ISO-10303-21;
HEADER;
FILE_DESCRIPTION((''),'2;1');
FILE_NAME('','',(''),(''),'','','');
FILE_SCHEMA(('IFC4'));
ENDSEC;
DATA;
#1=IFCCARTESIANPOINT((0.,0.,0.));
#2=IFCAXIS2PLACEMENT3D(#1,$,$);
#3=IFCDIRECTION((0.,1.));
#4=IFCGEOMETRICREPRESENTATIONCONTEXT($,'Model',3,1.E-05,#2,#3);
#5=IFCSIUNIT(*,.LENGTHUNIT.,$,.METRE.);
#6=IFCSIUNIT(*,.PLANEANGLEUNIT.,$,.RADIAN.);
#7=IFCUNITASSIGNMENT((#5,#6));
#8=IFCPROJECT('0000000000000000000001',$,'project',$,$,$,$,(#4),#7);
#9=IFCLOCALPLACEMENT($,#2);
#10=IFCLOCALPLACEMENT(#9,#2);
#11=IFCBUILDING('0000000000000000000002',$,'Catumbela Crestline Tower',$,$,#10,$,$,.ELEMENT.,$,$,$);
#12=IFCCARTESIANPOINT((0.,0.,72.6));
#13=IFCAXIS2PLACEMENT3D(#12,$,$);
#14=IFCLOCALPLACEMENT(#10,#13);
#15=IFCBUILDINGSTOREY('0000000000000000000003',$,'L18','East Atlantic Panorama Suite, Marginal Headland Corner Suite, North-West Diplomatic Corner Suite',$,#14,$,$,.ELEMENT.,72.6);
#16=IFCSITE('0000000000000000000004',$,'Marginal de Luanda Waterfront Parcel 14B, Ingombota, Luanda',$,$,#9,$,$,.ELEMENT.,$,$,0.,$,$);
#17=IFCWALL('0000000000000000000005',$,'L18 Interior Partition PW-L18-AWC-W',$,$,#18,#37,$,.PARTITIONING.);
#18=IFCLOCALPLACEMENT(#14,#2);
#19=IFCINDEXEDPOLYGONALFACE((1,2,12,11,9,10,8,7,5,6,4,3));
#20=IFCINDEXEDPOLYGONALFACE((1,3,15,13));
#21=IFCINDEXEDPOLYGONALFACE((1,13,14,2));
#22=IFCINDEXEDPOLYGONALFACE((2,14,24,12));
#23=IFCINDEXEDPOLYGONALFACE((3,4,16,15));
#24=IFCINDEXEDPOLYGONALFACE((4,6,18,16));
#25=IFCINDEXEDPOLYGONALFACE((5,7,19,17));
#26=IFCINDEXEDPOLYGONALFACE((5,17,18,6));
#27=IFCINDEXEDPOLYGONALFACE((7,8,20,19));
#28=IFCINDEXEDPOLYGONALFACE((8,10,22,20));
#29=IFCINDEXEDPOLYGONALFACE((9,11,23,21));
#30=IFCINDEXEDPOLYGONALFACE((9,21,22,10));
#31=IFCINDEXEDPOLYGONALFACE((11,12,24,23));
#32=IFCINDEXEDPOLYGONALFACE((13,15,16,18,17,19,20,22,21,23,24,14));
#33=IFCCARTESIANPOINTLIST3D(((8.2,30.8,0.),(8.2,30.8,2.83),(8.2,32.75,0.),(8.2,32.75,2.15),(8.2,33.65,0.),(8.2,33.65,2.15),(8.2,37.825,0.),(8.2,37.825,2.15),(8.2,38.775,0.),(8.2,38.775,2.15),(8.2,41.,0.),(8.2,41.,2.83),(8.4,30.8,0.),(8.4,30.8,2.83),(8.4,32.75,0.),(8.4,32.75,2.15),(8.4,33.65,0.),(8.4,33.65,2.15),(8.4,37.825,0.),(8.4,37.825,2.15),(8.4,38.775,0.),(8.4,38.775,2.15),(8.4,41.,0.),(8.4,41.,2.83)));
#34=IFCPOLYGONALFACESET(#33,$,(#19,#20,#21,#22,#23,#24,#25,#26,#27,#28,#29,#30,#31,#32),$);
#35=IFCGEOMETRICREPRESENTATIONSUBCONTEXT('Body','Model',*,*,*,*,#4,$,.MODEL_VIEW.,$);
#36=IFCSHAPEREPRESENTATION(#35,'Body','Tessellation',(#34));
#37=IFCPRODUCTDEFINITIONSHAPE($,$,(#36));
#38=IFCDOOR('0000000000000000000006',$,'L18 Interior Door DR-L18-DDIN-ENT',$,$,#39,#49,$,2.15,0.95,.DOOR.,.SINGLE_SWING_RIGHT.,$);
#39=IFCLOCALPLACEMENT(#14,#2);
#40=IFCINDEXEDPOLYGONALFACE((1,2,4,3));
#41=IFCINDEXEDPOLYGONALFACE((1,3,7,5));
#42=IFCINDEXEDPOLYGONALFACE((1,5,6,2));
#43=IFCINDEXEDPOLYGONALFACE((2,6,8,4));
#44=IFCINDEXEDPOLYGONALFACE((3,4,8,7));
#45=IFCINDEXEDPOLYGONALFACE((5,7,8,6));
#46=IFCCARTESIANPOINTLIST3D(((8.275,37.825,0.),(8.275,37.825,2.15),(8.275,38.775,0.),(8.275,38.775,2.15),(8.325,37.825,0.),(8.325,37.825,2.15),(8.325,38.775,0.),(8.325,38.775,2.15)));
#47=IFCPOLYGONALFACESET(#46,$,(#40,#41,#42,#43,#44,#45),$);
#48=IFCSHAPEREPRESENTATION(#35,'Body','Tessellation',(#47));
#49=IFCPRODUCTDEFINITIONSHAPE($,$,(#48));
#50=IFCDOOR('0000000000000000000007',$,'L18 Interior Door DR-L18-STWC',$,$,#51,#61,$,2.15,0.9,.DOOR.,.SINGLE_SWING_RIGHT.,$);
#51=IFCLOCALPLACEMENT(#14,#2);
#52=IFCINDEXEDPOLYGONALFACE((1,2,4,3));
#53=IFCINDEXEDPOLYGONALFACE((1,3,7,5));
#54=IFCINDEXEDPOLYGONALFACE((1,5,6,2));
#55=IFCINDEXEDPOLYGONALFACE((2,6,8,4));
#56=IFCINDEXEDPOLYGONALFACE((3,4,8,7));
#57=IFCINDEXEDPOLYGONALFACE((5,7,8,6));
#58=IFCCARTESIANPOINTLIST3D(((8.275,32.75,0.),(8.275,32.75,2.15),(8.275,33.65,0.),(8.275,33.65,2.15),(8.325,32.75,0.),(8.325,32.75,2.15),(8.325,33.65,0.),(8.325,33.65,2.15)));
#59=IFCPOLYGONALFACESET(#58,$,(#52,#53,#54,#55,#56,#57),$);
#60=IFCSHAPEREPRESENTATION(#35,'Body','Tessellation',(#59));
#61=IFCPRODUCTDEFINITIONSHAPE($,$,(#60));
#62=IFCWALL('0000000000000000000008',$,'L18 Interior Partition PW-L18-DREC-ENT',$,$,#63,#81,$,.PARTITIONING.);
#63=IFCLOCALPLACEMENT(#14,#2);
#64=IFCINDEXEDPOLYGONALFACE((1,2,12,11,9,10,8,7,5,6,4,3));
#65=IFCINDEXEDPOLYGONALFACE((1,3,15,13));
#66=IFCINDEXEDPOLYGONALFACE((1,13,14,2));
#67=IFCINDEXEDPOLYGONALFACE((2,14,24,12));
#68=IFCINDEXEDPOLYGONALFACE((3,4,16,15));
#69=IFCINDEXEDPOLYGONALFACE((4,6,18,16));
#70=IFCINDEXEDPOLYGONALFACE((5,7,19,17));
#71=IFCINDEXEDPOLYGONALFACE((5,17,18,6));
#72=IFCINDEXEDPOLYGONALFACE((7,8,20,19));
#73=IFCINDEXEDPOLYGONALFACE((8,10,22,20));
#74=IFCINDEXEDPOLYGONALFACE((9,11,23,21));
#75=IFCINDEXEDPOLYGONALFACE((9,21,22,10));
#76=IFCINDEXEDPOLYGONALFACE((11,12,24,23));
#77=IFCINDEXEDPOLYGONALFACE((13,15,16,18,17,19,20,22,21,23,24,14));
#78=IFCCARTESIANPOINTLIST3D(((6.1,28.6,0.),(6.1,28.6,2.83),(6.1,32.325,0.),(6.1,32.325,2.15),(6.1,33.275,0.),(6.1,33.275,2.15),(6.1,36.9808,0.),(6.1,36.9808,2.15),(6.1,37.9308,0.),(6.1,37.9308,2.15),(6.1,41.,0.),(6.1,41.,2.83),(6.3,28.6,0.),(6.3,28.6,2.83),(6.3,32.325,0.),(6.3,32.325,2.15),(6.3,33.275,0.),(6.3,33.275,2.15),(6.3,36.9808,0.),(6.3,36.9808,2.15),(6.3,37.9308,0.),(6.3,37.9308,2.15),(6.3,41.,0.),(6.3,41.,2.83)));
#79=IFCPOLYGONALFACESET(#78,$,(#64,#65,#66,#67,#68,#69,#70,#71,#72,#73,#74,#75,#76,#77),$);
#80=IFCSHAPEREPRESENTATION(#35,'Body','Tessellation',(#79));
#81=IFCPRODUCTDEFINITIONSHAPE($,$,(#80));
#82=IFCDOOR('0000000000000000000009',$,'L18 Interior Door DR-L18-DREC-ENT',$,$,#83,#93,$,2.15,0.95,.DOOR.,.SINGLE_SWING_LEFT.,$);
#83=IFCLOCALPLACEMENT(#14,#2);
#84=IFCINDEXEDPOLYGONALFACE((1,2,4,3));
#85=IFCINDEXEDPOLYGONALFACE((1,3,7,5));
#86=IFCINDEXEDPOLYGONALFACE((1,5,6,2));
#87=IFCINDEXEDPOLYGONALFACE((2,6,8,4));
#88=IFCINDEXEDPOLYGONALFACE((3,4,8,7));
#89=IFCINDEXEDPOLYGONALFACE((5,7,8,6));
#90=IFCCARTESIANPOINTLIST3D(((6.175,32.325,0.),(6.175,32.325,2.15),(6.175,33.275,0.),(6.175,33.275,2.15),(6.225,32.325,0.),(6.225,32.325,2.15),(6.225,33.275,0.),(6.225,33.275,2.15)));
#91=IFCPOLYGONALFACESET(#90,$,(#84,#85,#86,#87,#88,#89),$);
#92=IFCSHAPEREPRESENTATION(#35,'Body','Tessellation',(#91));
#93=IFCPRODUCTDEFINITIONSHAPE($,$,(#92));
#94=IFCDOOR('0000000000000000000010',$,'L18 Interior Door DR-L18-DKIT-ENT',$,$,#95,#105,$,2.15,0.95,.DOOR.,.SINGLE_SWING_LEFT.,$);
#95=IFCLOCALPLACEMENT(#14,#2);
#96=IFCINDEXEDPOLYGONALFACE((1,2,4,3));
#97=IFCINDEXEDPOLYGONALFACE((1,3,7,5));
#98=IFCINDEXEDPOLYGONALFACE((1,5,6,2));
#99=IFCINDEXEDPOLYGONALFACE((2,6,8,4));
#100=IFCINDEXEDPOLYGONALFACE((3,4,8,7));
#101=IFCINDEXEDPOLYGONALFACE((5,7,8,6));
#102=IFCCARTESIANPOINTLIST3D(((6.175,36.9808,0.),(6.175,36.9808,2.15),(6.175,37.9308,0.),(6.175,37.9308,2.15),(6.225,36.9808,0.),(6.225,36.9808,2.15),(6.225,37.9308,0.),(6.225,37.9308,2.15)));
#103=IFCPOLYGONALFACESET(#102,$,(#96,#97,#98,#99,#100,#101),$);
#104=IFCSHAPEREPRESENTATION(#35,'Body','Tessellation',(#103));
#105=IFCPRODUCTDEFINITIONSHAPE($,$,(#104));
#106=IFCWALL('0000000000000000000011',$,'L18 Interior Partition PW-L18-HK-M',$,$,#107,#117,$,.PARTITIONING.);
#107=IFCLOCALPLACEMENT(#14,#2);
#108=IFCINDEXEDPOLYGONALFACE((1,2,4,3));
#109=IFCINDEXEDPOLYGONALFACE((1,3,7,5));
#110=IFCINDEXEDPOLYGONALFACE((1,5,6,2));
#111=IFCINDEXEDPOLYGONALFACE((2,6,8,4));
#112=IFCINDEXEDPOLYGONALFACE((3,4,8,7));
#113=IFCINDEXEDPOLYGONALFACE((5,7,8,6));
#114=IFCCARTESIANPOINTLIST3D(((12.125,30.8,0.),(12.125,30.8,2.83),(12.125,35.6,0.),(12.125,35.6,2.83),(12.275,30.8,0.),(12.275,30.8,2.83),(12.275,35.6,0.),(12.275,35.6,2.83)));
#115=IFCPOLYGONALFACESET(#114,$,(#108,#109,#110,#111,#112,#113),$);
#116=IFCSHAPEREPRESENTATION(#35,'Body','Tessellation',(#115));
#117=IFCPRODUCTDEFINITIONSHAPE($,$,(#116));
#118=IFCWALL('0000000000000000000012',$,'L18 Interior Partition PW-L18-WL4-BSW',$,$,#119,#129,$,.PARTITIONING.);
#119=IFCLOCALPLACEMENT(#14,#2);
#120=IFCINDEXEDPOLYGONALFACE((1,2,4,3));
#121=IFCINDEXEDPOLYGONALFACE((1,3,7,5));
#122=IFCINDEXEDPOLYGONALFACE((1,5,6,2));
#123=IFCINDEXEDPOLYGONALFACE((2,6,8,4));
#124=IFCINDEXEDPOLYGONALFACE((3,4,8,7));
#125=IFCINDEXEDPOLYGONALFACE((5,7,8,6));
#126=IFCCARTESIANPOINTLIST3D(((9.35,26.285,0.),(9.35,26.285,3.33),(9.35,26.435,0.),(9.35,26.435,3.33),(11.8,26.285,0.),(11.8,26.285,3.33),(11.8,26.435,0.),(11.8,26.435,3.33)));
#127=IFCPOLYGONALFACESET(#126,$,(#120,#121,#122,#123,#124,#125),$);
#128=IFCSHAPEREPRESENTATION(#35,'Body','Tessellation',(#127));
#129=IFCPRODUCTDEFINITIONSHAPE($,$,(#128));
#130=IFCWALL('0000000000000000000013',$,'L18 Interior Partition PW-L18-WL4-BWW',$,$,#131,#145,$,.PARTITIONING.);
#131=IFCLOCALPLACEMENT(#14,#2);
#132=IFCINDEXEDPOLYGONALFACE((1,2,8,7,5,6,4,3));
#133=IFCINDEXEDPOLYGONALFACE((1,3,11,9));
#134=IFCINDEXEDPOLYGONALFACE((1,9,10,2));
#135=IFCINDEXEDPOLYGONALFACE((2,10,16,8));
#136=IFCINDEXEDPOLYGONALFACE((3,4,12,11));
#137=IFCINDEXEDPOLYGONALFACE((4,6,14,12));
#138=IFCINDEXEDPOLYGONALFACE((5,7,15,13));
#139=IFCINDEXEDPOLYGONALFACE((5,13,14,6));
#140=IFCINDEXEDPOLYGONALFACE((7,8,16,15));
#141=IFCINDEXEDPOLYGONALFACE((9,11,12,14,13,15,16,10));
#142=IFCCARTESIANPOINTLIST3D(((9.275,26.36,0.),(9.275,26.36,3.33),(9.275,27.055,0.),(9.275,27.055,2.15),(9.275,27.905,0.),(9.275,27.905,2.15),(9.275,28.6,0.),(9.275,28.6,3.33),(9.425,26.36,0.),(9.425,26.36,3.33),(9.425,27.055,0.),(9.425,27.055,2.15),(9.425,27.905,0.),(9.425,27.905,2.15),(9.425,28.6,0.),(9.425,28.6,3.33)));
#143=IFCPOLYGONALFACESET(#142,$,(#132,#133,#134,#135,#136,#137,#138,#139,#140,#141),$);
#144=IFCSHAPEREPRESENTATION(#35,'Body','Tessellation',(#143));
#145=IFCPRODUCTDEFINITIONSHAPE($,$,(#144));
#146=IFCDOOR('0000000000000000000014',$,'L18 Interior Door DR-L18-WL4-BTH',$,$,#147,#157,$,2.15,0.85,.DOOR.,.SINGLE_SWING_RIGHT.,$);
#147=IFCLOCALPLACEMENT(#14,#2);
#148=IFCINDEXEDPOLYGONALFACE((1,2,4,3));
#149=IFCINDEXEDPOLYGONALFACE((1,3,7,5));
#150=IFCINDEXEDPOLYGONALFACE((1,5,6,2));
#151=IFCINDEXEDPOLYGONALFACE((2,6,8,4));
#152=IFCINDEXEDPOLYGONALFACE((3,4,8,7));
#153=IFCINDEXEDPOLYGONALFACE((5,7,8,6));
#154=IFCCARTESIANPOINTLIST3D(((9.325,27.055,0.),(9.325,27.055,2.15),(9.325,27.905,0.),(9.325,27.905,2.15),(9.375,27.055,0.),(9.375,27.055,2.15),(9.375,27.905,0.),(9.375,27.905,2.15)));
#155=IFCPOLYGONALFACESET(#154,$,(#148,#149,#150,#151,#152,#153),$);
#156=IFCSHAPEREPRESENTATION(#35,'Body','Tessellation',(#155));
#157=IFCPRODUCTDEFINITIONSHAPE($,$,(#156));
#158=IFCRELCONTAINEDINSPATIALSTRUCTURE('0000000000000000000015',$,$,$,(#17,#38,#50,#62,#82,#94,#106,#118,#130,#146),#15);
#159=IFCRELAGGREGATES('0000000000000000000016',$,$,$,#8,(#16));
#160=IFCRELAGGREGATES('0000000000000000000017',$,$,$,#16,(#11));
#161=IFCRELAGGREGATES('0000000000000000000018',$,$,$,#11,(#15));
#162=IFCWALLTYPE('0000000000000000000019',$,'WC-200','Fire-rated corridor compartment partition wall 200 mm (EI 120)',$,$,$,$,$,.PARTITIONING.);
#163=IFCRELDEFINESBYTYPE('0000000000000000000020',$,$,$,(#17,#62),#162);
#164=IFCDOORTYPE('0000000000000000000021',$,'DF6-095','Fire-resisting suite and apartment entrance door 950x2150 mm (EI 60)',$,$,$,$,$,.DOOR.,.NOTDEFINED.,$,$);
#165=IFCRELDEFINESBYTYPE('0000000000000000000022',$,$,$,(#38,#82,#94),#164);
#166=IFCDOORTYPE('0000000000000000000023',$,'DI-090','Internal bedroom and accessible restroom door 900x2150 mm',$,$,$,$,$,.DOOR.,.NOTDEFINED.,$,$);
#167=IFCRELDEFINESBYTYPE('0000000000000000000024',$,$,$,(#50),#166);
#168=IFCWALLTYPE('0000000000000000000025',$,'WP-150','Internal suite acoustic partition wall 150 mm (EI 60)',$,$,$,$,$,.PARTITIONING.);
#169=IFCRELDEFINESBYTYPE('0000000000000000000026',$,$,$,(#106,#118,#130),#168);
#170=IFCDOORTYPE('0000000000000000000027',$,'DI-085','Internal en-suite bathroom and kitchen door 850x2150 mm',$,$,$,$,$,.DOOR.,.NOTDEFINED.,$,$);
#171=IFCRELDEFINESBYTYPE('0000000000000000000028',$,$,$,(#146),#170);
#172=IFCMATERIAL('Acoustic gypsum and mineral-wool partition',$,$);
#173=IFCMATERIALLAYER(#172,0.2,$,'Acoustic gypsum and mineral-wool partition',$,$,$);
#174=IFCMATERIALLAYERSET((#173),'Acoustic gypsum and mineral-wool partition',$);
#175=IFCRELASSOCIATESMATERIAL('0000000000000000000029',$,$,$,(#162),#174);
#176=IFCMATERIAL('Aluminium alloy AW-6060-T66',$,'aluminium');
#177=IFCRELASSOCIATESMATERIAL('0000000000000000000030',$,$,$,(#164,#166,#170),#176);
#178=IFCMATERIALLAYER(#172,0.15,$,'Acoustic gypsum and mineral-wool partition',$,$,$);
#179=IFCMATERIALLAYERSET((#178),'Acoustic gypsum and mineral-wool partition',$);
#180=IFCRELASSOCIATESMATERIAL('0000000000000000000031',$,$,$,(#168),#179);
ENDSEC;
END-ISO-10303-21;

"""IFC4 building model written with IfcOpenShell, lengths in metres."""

from ifc_helpers import new_model, si_unit, direction, frame, frame_2d, origin, place, context, subcontext, project, spatial, rectangle, extrude, material, layer, layer_set, type_object, element, fill, save


model = new_model("IFC4")

# Units and contexts
model_context = context("Model", 3, precision=1e-05, world=origin(), true_north=direction((0.0, 1.0)))
body_context = subcontext(model_context, "Body", "Model", "MODEL_VIEW")
ifc_project = project(units=[si_unit("LENGTHUNIT", "METRE"), si_unit("PLANEANGLEUNIT", "RADIAN")], contexts=[model_context])

# Site, building, storey
site_placement = place(None, origin())
site = spatial("IfcSite", under=ifc_project, at=site_placement, Name="Marginal de Luanda Waterfront Parcel 14B, Ingombota, Luanda", CompositionType="ELEMENT", RefElevation=0.0)
building_placement = place(site_placement, origin())
building = spatial("IfcBuilding", under=site, at=building_placement, Name="Catumbela Crestline Tower", CompositionType="ELEMENT")
storey_placement = place(building_placement, frame((0.0, 0.0, 72.6)))
storey = spatial("IfcBuildingStorey", under=building, at=storey_placement, Name="L18", Description="East Atlantic Panorama Suite, Marginal Headland Corner Suite, North-West Diplomatic Corner Suite", CompositionType="ELEMENT", Elevation=72.6)

# Shared definitions
ifc_material_1 = material(Name="Acoustic gypsum and mineral-wool partition")
ifc_layer_1 = layer(ifc_material_1, 0.2, Name="Acoustic gypsum and mineral-wool partition")
ifc_layer_set_1 = layer_set([ifc_layer_1], Name="Acoustic gypsum and mineral-wool partition")
wall_type_1 = type_object("IfcWallType", Name="WC-200", Description="Fire-rated corridor compartment partition wall 200 mm (EI 120)", PredefinedType="PARTITIONING", material=ifc_layer_set_1)
ifc_material_2 = material(Name="Aluminium alloy AW-6060-T66", Category="aluminium")
door_type_1 = type_object("IfcDoorType", Name="DF6-095", Description="Fire-resisting suite and apartment entrance door 950x2150 mm (EI 60)", OperationType="NOTDEFINED", PredefinedType="DOOR", material=ifc_material_2)

# Walls, openings, doors
wall_1_placement = place(storey_placement, frame((8.3, 30.8, 0.0), z_axis=(0.0, 0.0, 1.0), x_axis=(0.0, 1.0, 0.0)))
wall_1 = element("IfcWall", 1, at=wall_1_placement, inside=storey, type_object=wall_type_1, Name="L18 Interior Partition PW-L18-AWC-W", PredefinedType="PARTITIONING", context=body_context, shape_type="SweptSolid", body=[
    extrude(rectangle(XDim=10.2, YDim=0.2, at=frame_2d((5.1, 0.0))), origin(), (0.0, 0.0, 1.0), 2.83),
])
opening_1_placement = place(wall_1_placement, frame((1.95, 0.0, 0.0)))
opening_1 = element("IfcOpeningElement", 2, at=opening_1_placement, cuts=wall_1, PredefinedType="OPENING", context=body_context, shape_type="SweptSolid", body=[
    extrude(rectangle(XDim=0.9, YDim=2.15, at=frame_2d((0.45, 1.075))), frame((0.0, 0.11, 0.0), z_axis=(0.0, -1.0, 0.0), x_axis=(1.0, 0.0, 0.0)), (0.0, 0.0, 1.0), 0.22),
])
opening_2_placement = place(wall_1_placement, frame((7.025, 0.0, 0.0)))
opening_2 = element("IfcOpeningElement", 3, at=opening_2_placement, cuts=wall_1, PredefinedType="OPENING", context=body_context, shape_type="SweptSolid", body=[
    extrude(rectangle(XDim=0.95, YDim=2.15, at=frame_2d((0.475, 1.075))), frame((0.0, 0.11, 0.0), z_axis=(0.0, -1.0, 0.0), x_axis=(1.0, 0.0, 0.0)), (0.0, 0.0, 1.0), 0.22),
])
door_1_placement = place(opening_2_placement, origin())
door_1 = element("IfcDoor", 4, at=door_1_placement, inside=storey, type_object=door_type_1, Name="L18 Interior Door DR-L18-DDIN-ENT", OperationType="SINGLE_SWING_RIGHT", OverallHeight=2.15, OverallWidth=0.95, PredefinedType="DOOR", context=body_context, shape_type="SweptSolid", body=[
    extrude(rectangle(XDim=0.95, YDim=2.15, at=frame_2d((0.475, 1.075))), frame((0.0, 0.025, 0.0), z_axis=(0.0, -1.0, 0.0), x_axis=(1.0, 0.0, 0.0)), (0.0, 0.0, 1.0), 0.05),
])
fill(opening_2, door_1)
door_type_2 = type_object("IfcDoorType", Name="DI-090", Description="Internal bedroom and accessible restroom door 900x2150 mm", OperationType="NOTDEFINED", PredefinedType="DOOR", material=ifc_material_2)
door_2_placement = place(opening_1_placement, origin())
door_2 = element("IfcDoor", 5, at=door_2_placement, inside=storey, type_object=door_type_2, Name="L18 Interior Door DR-L18-STWC", OperationType="SINGLE_SWING_RIGHT", OverallHeight=2.15, OverallWidth=0.9, PredefinedType="DOOR", context=body_context, shape_type="SweptSolid", body=[
    extrude(rectangle(XDim=0.9, YDim=2.15, at=frame_2d((0.45, 1.075))), frame((0.0, 0.025, 0.0), z_axis=(0.0, -1.0, 0.0), x_axis=(1.0, 0.0, 0.0)), (0.0, 0.0, 1.0), 0.05),
])
fill(opening_1, door_2)
wall_2_placement = place(storey_placement, frame((6.2, 28.6, 0.0), z_axis=(0.0, 0.0, 1.0), x_axis=(0.0, 1.0, 0.0)))
wall_2 = element("IfcWall", 6, at=wall_2_placement, inside=storey, type_object=wall_type_1, Name="L18 Interior Partition PW-L18-DREC-ENT", PredefinedType="PARTITIONING", context=body_context, shape_type="SweptSolid", body=[
    extrude(rectangle(XDim=12.4, YDim=0.2, at=frame_2d((6.2, 0.0))), origin(), (0.0, 0.0, 1.0), 2.83),
])
opening_3_placement = place(wall_2_placement, frame((3.725, 0.0, 0.0)))
opening_3 = element("IfcOpeningElement", 7, at=opening_3_placement, cuts=wall_2, PredefinedType="OPENING", context=body_context, shape_type="SweptSolid", body=[
    extrude(rectangle(XDim=0.95, YDim=2.15, at=frame_2d((0.475, 1.075))), frame((0.0, 0.11, 0.0), z_axis=(0.0, -1.0, 0.0), x_axis=(1.0, 0.0, 0.0)), (0.0, 0.0, 1.0), 0.22),
])
opening_4_placement = place(wall_2_placement, frame((8.3808, 0.0, 0.0)))
opening_4 = element("IfcOpeningElement", 8, at=opening_4_placement, cuts=wall_2, PredefinedType="OPENING", context=body_context, shape_type="SweptSolid", body=[
    extrude(rectangle(XDim=0.95, YDim=2.15, at=frame_2d((0.475, 1.075))), frame((0.0, 0.11, 0.0), z_axis=(0.0, -1.0, 0.0), x_axis=(1.0, 0.0, 0.0)), (0.0, 0.0, 1.0), 0.22),
])
door_3_placement = place(opening_3_placement, origin())
door_3 = element("IfcDoor", 9, at=door_3_placement, inside=storey, type_object=door_type_1, Name="L18 Interior Door DR-L18-DREC-ENT", OperationType="SINGLE_SWING_LEFT", OverallHeight=2.15, OverallWidth=0.95, PredefinedType="DOOR", context=body_context, shape_type="SweptSolid", body=[
    extrude(rectangle(XDim=0.95, YDim=2.15, at=frame_2d((0.475, 1.075))), frame((0.0, 0.025, 0.0), z_axis=(0.0, -1.0, 0.0), x_axis=(1.0, 0.0, 0.0)), (0.0, 0.0, 1.0), 0.05),
])
fill(opening_3, door_3)
door_4_placement = place(opening_4_placement, origin())
door_4 = element("IfcDoor", 10, at=door_4_placement, inside=storey, type_object=door_type_1, Name="L18 Interior Door DR-L18-DKIT-ENT", OperationType="SINGLE_SWING_LEFT", OverallHeight=2.15, OverallWidth=0.95, PredefinedType="DOOR", context=body_context, shape_type="SweptSolid", body=[
    extrude(rectangle(XDim=0.95, YDim=2.15, at=frame_2d((0.475, 1.075))), frame((0.0, 0.025, 0.0), z_axis=(0.0, -1.0, 0.0), x_axis=(1.0, 0.0, 0.0)), (0.0, 0.0, 1.0), 0.05),
])
fill(opening_4, door_4)

# Walls
ifc_layer_2 = layer(ifc_material_1, 0.15, Name="Acoustic gypsum and mineral-wool partition")
ifc_layer_set_2 = layer_set([ifc_layer_2], Name="Acoustic gypsum and mineral-wool partition")
wall_type_2 = type_object("IfcWallType", Name="WP-150", Description="Internal suite acoustic partition wall 150 mm (EI 60)", PredefinedType="PARTITIONING", material=ifc_layer_set_2)
wall_3_placement = place(storey_placement, frame((12.2, 30.8, 0.0), z_axis=(0.0, 0.0, 1.0), x_axis=(0.0, 1.0, 0.0)))
element("IfcWall", 11, at=wall_3_placement, inside=storey, type_object=wall_type_2, Name="L18 Interior Partition PW-L18-HK-M", PredefinedType="PARTITIONING", context=body_context, shape_type="SweptSolid", body=[
    extrude(rectangle(XDim=4.8, YDim=0.15, at=frame_2d((2.4, 0.0))), origin(), (0.0, 0.0, 1.0), 2.83),
])
wall_4_placement = place(storey_placement, frame((9.35, 26.36, 0.0), z_axis=(0.0, 0.0, 1.0), x_axis=(1.0, 0.0, 0.0)))
element("IfcWall", 12, at=wall_4_placement, inside=storey, type_object=wall_type_2, Name="L18 Interior Partition PW-L18-WL4-BSW", PredefinedType="PARTITIONING", context=body_context, shape_type="SweptSolid", body=[
    extrude(rectangle(XDim=2.45, YDim=0.15, at=frame_2d((1.225, 0.0))), origin(), (0.0, 0.0, 1.0), 3.33),
])

# Wall, opening, door
wall_5_placement = place(storey_placement, frame((9.35, 26.36, 0.0), z_axis=(0.0, 0.0, 1.0), x_axis=(0.0, 1.0, 0.0)))
wall_5 = element("IfcWall", 13, at=wall_5_placement, inside=storey, type_object=wall_type_2, Name="L18 Interior Partition PW-L18-WL4-BWW", PredefinedType="PARTITIONING", context=body_context, shape_type="SweptSolid", body=[
    extrude(rectangle(XDim=2.24, YDim=0.15, at=frame_2d((1.12, 0.0))), origin(), (0.0, 0.0, 1.0), 3.33),
])
opening_5_placement = place(wall_5_placement, frame((0.695, 0.0, 0.0)))
opening_5 = element("IfcOpeningElement", 14, at=opening_5_placement, cuts=wall_5, PredefinedType="OPENING", context=body_context, shape_type="SweptSolid", body=[
    extrude(rectangle(XDim=0.85, YDim=2.15, at=frame_2d((0.425, 1.075))), frame((0.0, 0.085, 0.0), z_axis=(0.0, -1.0, 0.0), x_axis=(1.0, 0.0, 0.0)), (0.0, 0.0, 1.0), 0.17),
])
door_type_3 = type_object("IfcDoorType", Name="DI-085", Description="Internal en-suite bathroom and kitchen door 850x2150 mm", OperationType="NOTDEFINED", PredefinedType="DOOR", material=ifc_material_2)
door_5_placement = place(opening_5_placement, origin())
door_5 = element("IfcDoor", 15, at=door_5_placement, inside=storey, type_object=door_type_3, Name="L18 Interior Door DR-L18-WL4-BTH", OperationType="SINGLE_SWING_RIGHT", OverallHeight=2.15, OverallWidth=0.85, PredefinedType="DOOR", context=body_context, shape_type="SweptSolid", body=[
    extrude(rectangle(XDim=0.85, YDim=2.15, at=frame_2d((0.425, 1.075))), frame((0.0, 0.025, 0.0), z_axis=(0.0, -1.0, 0.0), x_axis=(1.0, 0.0, 0.0)), (0.0, 0.0, 1.0), 0.05),
])
fill(opening_5, door_5)

save(model, "model.ifc")
